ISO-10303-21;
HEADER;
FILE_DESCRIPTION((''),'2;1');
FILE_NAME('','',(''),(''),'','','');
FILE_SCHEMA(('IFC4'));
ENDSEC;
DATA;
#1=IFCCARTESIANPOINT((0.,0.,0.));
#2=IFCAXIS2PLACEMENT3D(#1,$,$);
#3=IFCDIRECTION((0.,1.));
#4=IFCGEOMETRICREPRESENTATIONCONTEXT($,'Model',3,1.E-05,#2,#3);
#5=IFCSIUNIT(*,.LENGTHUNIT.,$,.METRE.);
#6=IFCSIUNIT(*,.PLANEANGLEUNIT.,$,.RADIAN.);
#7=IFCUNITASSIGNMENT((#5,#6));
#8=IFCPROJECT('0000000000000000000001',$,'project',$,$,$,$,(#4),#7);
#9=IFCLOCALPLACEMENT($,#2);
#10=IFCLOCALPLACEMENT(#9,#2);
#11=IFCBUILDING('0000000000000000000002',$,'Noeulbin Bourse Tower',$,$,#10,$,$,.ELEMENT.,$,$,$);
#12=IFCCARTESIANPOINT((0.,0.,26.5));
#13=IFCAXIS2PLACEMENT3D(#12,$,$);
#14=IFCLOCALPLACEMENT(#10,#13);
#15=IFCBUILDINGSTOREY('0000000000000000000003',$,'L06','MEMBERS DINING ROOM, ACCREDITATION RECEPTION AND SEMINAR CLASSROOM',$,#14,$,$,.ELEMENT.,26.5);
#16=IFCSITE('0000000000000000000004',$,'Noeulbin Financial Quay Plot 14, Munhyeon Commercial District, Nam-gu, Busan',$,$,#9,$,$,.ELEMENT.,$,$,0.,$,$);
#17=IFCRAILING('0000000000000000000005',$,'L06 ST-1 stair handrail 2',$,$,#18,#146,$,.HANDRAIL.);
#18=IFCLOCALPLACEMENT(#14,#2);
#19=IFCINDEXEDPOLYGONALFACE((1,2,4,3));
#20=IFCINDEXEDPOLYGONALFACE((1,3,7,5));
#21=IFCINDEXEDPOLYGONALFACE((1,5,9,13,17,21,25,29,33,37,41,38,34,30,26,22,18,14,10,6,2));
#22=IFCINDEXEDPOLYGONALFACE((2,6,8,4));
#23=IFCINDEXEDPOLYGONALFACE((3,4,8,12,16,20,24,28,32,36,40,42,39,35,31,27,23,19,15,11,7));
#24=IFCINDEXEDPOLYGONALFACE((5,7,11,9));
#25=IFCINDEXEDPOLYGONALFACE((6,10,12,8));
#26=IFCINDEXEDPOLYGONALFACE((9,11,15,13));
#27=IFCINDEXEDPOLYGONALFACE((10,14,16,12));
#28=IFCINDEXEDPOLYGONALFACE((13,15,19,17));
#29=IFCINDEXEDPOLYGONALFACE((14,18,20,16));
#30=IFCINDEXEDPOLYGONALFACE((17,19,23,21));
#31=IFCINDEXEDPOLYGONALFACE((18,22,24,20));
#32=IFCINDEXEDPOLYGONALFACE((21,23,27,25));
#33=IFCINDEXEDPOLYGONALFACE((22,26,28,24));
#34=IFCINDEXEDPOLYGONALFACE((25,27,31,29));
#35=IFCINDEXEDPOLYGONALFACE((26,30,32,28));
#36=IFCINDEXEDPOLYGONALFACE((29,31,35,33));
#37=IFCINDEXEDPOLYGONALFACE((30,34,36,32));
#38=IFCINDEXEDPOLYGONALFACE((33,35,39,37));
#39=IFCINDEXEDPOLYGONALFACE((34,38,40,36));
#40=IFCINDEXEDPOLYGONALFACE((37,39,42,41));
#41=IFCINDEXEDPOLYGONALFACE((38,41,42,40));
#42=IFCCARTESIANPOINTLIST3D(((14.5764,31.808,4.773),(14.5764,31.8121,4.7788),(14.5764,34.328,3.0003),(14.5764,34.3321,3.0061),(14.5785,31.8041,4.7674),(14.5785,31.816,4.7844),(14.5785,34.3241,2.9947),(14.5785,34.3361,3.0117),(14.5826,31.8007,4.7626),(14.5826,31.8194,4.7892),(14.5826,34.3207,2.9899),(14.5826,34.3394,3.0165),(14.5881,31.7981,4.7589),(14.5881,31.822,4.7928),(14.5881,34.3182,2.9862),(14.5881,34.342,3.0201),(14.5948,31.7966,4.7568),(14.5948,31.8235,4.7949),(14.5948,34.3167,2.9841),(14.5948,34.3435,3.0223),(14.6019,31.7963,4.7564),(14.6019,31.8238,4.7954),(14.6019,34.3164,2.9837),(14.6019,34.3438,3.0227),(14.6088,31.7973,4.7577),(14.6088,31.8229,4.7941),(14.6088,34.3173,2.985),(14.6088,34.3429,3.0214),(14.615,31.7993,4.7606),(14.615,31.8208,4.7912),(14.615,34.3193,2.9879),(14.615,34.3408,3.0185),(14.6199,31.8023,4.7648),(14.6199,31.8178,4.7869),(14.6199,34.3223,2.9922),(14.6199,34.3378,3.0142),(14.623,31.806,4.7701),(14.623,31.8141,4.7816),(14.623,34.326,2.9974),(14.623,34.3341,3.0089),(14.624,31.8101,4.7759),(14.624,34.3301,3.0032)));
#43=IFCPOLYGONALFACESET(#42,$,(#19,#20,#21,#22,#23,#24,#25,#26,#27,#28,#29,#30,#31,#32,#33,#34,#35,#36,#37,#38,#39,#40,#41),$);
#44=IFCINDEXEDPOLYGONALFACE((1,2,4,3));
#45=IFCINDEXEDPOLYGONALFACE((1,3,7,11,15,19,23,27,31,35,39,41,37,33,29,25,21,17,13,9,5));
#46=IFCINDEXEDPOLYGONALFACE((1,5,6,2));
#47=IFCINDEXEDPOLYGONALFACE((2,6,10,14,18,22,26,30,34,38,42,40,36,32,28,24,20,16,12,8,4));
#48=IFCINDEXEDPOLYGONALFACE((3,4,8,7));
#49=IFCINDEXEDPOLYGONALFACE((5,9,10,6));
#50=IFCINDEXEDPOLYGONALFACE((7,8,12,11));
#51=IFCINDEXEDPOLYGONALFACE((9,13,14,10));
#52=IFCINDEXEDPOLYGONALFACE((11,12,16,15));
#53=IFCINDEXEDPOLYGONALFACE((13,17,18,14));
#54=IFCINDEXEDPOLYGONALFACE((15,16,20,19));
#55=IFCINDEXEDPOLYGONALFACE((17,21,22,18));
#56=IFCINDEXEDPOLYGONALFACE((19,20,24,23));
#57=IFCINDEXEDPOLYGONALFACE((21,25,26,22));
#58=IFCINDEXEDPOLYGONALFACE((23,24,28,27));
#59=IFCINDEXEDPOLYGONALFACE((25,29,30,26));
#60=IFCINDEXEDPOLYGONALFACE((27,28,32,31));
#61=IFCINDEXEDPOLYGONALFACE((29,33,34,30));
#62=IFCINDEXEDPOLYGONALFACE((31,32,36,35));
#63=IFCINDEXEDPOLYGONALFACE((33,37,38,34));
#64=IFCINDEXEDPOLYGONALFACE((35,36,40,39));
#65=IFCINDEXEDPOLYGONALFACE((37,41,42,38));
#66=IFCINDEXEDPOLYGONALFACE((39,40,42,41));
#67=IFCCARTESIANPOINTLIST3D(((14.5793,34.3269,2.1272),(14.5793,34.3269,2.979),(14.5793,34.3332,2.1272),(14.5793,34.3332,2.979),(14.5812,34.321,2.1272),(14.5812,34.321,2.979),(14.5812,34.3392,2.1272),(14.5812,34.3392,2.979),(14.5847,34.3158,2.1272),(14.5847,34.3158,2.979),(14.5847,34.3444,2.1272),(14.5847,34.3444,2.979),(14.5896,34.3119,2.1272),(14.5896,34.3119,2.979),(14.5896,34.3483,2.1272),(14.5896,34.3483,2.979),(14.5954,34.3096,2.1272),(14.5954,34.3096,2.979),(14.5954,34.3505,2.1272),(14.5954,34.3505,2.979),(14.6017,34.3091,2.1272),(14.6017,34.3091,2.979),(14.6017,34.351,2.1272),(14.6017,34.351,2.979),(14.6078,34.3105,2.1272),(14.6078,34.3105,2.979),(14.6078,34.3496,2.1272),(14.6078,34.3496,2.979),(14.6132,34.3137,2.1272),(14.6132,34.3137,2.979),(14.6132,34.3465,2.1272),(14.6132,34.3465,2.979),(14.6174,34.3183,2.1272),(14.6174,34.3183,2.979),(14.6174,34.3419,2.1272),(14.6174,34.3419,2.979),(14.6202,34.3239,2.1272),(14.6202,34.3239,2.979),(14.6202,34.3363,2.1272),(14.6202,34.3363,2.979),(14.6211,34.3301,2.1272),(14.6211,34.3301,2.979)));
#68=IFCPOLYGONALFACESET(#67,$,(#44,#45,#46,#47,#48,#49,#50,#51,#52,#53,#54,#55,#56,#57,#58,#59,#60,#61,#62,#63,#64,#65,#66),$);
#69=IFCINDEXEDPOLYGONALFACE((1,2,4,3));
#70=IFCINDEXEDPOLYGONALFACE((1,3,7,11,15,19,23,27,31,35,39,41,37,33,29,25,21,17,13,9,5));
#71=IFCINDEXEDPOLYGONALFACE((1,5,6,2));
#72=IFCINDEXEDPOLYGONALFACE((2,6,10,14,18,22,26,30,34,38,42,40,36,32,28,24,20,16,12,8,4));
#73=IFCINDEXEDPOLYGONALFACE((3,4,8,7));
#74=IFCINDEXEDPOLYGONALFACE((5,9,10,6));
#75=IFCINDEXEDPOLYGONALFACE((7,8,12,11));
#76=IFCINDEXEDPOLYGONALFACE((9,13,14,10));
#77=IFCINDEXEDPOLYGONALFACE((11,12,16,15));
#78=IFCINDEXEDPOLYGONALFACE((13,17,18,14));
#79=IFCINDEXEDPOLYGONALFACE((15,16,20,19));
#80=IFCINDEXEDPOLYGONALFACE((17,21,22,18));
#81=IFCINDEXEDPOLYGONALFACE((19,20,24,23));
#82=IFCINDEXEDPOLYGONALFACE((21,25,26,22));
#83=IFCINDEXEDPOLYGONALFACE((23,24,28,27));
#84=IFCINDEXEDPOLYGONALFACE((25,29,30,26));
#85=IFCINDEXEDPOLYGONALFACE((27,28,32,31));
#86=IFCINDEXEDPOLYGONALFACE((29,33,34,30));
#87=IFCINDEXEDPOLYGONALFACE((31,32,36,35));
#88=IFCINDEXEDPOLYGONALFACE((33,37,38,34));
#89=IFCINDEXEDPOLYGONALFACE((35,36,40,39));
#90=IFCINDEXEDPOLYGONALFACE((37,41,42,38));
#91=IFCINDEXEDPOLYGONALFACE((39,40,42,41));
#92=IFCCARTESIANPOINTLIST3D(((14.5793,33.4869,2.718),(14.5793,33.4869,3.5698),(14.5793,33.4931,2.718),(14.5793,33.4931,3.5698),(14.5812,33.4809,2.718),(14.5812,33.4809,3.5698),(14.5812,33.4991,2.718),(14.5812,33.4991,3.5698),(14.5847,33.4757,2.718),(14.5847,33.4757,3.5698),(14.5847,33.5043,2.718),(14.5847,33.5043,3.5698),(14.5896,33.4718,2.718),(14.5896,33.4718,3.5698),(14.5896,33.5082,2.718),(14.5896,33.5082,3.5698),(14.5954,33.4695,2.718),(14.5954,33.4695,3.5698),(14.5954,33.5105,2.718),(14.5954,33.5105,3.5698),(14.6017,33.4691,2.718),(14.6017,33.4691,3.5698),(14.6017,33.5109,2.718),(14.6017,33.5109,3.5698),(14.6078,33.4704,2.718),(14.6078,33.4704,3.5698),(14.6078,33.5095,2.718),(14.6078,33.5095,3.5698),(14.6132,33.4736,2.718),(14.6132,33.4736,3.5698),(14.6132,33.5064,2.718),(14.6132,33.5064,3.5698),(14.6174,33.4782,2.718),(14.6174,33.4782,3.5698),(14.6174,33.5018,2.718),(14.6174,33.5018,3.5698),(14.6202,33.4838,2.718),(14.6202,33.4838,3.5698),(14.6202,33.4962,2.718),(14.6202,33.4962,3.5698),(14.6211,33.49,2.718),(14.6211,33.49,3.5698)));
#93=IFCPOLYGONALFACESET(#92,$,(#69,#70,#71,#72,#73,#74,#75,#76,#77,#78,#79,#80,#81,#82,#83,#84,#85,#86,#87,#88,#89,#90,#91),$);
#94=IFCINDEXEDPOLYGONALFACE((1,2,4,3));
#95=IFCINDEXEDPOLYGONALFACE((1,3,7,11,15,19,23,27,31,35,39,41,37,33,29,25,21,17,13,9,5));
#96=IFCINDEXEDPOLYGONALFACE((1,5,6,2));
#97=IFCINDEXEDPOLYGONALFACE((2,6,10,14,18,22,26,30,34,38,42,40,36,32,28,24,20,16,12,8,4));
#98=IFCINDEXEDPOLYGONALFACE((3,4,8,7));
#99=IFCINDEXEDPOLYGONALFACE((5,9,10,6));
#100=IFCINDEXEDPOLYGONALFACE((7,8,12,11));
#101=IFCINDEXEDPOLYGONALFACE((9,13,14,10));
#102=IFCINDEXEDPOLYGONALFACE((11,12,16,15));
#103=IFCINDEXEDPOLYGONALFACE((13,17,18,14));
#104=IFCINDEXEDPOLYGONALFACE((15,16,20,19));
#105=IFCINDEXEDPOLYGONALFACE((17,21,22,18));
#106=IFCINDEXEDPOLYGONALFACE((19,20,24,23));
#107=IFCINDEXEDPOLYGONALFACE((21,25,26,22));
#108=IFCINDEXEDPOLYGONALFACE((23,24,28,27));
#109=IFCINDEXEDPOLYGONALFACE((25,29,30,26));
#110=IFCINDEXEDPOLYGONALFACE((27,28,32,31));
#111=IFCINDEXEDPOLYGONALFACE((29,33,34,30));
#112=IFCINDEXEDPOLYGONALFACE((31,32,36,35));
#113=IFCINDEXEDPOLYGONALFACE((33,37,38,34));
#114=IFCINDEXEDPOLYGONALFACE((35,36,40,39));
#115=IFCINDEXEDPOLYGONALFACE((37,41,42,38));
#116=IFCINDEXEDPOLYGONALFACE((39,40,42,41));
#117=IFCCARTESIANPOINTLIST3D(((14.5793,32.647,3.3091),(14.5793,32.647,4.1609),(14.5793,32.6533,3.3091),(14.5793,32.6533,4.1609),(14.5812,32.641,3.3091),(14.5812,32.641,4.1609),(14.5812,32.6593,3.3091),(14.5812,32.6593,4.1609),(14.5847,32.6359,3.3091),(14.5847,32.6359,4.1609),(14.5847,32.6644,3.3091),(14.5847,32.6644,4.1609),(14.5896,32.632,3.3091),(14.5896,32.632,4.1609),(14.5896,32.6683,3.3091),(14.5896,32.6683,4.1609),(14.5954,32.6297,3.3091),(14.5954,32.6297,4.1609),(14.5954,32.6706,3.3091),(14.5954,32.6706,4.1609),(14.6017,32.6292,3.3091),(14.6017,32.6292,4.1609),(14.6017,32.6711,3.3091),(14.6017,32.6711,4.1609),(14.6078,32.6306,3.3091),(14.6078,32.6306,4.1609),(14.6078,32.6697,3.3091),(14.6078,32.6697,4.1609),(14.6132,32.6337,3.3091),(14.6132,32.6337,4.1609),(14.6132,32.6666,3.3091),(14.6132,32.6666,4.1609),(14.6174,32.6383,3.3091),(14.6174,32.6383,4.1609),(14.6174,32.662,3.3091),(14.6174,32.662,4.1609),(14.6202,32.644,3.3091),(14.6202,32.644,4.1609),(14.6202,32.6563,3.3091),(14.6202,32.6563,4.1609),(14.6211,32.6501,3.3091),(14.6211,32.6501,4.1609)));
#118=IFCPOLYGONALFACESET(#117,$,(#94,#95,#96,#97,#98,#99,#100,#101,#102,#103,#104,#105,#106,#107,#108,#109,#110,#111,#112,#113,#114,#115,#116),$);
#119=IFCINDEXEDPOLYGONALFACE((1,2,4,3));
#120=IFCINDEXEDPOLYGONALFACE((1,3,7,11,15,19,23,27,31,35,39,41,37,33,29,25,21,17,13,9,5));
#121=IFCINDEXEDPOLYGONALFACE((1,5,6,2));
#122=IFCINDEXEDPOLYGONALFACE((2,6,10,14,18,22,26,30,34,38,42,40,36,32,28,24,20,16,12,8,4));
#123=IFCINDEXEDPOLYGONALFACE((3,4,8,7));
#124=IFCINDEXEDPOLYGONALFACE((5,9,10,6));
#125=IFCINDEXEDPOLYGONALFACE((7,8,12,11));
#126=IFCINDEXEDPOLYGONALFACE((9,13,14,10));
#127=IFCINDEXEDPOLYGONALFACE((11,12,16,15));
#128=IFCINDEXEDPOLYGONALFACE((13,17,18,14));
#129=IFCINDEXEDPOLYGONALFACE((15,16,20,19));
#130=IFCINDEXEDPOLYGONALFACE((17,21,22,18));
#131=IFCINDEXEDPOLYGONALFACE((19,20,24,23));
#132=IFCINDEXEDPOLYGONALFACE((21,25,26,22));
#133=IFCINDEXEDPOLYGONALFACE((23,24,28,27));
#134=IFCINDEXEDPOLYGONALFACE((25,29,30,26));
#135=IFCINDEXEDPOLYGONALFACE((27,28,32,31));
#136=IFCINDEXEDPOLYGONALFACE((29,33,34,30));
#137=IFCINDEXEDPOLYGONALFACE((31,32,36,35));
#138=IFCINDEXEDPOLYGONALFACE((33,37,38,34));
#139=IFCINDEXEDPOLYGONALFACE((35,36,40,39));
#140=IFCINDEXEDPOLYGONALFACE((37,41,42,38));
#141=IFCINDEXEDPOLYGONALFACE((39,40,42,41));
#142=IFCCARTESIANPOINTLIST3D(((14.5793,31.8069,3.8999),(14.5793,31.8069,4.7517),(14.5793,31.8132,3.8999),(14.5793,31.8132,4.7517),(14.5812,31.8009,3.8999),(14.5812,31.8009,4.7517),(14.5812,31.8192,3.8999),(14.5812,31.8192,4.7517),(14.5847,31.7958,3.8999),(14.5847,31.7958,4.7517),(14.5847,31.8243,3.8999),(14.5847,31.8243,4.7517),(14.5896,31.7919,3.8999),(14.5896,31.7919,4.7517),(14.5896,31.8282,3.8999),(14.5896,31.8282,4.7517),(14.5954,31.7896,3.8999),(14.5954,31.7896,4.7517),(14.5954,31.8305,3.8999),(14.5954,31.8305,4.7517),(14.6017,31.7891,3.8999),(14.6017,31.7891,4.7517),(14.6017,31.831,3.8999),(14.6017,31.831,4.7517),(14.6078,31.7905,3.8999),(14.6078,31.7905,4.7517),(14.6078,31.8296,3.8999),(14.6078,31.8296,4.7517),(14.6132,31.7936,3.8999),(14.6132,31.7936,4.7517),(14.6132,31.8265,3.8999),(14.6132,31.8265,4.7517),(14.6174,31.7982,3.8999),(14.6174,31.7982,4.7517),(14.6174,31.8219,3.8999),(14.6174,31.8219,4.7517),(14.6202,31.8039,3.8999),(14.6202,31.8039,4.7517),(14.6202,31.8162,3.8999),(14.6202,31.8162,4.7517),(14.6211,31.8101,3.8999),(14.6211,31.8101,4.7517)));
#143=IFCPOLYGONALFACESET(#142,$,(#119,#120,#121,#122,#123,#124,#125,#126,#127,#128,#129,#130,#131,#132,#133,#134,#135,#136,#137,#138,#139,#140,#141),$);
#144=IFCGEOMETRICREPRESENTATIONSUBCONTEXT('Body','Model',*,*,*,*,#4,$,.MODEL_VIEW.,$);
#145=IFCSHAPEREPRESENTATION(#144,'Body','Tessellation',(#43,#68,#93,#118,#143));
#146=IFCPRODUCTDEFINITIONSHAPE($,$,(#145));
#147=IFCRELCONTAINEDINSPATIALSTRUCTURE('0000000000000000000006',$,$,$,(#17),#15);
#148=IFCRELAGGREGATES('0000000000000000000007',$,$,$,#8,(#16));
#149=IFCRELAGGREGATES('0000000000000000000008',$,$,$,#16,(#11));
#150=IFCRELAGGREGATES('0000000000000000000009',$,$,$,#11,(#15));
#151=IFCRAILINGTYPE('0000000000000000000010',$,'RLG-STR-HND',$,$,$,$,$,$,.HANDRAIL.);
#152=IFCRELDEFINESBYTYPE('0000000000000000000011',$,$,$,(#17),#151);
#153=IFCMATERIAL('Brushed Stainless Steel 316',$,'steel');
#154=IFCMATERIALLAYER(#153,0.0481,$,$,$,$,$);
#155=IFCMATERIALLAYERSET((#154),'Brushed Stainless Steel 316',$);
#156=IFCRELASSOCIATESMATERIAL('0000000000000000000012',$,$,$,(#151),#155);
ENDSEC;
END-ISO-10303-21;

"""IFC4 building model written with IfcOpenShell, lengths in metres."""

from ifc_helpers import new_model, si_unit, direction, frame, origin, origin_2d, place, context, subcontext, project, spatial, circle, extrude, material, layer, layer_set, type_object, element, save


model = new_model("IFC4")

# Units and contexts
model_context = context("Model", 3, precision=1e-05, world=origin(), true_north=direction((0.0, 1.0)))
body_context = subcontext(model_context, "Body", "Model", "MODEL_VIEW")
ifc_project = project(units=[si_unit("LENGTHUNIT", "METRE"), si_unit("PLANEANGLEUNIT", "RADIAN")], contexts=[model_context])

# Site, building, storey
site_placement = place(None, origin())
site = spatial("IfcSite", under=ifc_project, at=site_placement, Name="Noeulbin Financial Quay Plot 14, Munhyeon Commercial District, Nam-gu, Busan", CompositionType="ELEMENT", RefElevation=0.0)
building_placement = place(site_placement, origin())
building = spatial("IfcBuilding", under=site, at=building_placement, Name="Noeulbin Bourse Tower", CompositionType="ELEMENT")
storey_placement = place(building_placement, frame((0.0, 0.0, 26.5)))
storey = spatial("IfcBuildingStorey", under=building, at=storey_placement, Name="L06", Description="MEMBERS DINING ROOM, ACCREDITATION RECEPTION AND SEMINAR CLASSROOM", CompositionType="ELEMENT", Elevation=26.5)

# Shared definitions
ifc_material_1 = material(Name="Brushed Stainless Steel 316", Category="steel")

# Railing
ifc_layer_1 = layer(ifc_material_1, 0.0481)
ifc_layer_set_1 = layer_set([ifc_layer_1], Name="Brushed Stainless Steel 316")
railing_type_1 = type_object("IfcRailingType", Name="RLG-STR-HND", PredefinedType="HANDRAIL", material=ifc_layer_set_1)
railing_1_placement = place(storey_placement, frame((14.6001, 34.3301, 2.1272)))
element("IfcRailing", 1, at=railing_1_placement, inside=storey, type_object=railing_type_1, Name="L06 ST-1 stair handrail 2", PredefinedType="HANDRAIL", context=body_context, shape_type="SweptSolid", body=[
    extrude(circle(Radius=0.0239, at=origin_2d()), frame((0.0, 0.0, 0.876), z_axis=(0.0, -0.817904, 0.575354), x_axis=(1.0, 0.0, 0.0)), (0.0, 0.0, 1.0), 3.0811),
    extrude(circle(Radius=0.021, at=origin_2d()), origin(), (0.0, 0.0, 1.0), 0.8518),
    extrude(circle(Radius=0.021, at=origin_2d()), frame((0.0, -0.8401, 0.5908)), (0.0, 0.0, 1.0), 0.8518),
    extrude(circle(Radius=0.021, at=origin_2d()), frame((0.0, -1.6799, 1.1819)), (0.0, 0.0, 1.0), 0.8518),
    extrude(circle(Radius=0.021, at=origin_2d()), frame((0.0, -2.52, 1.7727)), (0.0, 0.0, 1.0), 0.8518),
])

save(model, "model.ifc")
